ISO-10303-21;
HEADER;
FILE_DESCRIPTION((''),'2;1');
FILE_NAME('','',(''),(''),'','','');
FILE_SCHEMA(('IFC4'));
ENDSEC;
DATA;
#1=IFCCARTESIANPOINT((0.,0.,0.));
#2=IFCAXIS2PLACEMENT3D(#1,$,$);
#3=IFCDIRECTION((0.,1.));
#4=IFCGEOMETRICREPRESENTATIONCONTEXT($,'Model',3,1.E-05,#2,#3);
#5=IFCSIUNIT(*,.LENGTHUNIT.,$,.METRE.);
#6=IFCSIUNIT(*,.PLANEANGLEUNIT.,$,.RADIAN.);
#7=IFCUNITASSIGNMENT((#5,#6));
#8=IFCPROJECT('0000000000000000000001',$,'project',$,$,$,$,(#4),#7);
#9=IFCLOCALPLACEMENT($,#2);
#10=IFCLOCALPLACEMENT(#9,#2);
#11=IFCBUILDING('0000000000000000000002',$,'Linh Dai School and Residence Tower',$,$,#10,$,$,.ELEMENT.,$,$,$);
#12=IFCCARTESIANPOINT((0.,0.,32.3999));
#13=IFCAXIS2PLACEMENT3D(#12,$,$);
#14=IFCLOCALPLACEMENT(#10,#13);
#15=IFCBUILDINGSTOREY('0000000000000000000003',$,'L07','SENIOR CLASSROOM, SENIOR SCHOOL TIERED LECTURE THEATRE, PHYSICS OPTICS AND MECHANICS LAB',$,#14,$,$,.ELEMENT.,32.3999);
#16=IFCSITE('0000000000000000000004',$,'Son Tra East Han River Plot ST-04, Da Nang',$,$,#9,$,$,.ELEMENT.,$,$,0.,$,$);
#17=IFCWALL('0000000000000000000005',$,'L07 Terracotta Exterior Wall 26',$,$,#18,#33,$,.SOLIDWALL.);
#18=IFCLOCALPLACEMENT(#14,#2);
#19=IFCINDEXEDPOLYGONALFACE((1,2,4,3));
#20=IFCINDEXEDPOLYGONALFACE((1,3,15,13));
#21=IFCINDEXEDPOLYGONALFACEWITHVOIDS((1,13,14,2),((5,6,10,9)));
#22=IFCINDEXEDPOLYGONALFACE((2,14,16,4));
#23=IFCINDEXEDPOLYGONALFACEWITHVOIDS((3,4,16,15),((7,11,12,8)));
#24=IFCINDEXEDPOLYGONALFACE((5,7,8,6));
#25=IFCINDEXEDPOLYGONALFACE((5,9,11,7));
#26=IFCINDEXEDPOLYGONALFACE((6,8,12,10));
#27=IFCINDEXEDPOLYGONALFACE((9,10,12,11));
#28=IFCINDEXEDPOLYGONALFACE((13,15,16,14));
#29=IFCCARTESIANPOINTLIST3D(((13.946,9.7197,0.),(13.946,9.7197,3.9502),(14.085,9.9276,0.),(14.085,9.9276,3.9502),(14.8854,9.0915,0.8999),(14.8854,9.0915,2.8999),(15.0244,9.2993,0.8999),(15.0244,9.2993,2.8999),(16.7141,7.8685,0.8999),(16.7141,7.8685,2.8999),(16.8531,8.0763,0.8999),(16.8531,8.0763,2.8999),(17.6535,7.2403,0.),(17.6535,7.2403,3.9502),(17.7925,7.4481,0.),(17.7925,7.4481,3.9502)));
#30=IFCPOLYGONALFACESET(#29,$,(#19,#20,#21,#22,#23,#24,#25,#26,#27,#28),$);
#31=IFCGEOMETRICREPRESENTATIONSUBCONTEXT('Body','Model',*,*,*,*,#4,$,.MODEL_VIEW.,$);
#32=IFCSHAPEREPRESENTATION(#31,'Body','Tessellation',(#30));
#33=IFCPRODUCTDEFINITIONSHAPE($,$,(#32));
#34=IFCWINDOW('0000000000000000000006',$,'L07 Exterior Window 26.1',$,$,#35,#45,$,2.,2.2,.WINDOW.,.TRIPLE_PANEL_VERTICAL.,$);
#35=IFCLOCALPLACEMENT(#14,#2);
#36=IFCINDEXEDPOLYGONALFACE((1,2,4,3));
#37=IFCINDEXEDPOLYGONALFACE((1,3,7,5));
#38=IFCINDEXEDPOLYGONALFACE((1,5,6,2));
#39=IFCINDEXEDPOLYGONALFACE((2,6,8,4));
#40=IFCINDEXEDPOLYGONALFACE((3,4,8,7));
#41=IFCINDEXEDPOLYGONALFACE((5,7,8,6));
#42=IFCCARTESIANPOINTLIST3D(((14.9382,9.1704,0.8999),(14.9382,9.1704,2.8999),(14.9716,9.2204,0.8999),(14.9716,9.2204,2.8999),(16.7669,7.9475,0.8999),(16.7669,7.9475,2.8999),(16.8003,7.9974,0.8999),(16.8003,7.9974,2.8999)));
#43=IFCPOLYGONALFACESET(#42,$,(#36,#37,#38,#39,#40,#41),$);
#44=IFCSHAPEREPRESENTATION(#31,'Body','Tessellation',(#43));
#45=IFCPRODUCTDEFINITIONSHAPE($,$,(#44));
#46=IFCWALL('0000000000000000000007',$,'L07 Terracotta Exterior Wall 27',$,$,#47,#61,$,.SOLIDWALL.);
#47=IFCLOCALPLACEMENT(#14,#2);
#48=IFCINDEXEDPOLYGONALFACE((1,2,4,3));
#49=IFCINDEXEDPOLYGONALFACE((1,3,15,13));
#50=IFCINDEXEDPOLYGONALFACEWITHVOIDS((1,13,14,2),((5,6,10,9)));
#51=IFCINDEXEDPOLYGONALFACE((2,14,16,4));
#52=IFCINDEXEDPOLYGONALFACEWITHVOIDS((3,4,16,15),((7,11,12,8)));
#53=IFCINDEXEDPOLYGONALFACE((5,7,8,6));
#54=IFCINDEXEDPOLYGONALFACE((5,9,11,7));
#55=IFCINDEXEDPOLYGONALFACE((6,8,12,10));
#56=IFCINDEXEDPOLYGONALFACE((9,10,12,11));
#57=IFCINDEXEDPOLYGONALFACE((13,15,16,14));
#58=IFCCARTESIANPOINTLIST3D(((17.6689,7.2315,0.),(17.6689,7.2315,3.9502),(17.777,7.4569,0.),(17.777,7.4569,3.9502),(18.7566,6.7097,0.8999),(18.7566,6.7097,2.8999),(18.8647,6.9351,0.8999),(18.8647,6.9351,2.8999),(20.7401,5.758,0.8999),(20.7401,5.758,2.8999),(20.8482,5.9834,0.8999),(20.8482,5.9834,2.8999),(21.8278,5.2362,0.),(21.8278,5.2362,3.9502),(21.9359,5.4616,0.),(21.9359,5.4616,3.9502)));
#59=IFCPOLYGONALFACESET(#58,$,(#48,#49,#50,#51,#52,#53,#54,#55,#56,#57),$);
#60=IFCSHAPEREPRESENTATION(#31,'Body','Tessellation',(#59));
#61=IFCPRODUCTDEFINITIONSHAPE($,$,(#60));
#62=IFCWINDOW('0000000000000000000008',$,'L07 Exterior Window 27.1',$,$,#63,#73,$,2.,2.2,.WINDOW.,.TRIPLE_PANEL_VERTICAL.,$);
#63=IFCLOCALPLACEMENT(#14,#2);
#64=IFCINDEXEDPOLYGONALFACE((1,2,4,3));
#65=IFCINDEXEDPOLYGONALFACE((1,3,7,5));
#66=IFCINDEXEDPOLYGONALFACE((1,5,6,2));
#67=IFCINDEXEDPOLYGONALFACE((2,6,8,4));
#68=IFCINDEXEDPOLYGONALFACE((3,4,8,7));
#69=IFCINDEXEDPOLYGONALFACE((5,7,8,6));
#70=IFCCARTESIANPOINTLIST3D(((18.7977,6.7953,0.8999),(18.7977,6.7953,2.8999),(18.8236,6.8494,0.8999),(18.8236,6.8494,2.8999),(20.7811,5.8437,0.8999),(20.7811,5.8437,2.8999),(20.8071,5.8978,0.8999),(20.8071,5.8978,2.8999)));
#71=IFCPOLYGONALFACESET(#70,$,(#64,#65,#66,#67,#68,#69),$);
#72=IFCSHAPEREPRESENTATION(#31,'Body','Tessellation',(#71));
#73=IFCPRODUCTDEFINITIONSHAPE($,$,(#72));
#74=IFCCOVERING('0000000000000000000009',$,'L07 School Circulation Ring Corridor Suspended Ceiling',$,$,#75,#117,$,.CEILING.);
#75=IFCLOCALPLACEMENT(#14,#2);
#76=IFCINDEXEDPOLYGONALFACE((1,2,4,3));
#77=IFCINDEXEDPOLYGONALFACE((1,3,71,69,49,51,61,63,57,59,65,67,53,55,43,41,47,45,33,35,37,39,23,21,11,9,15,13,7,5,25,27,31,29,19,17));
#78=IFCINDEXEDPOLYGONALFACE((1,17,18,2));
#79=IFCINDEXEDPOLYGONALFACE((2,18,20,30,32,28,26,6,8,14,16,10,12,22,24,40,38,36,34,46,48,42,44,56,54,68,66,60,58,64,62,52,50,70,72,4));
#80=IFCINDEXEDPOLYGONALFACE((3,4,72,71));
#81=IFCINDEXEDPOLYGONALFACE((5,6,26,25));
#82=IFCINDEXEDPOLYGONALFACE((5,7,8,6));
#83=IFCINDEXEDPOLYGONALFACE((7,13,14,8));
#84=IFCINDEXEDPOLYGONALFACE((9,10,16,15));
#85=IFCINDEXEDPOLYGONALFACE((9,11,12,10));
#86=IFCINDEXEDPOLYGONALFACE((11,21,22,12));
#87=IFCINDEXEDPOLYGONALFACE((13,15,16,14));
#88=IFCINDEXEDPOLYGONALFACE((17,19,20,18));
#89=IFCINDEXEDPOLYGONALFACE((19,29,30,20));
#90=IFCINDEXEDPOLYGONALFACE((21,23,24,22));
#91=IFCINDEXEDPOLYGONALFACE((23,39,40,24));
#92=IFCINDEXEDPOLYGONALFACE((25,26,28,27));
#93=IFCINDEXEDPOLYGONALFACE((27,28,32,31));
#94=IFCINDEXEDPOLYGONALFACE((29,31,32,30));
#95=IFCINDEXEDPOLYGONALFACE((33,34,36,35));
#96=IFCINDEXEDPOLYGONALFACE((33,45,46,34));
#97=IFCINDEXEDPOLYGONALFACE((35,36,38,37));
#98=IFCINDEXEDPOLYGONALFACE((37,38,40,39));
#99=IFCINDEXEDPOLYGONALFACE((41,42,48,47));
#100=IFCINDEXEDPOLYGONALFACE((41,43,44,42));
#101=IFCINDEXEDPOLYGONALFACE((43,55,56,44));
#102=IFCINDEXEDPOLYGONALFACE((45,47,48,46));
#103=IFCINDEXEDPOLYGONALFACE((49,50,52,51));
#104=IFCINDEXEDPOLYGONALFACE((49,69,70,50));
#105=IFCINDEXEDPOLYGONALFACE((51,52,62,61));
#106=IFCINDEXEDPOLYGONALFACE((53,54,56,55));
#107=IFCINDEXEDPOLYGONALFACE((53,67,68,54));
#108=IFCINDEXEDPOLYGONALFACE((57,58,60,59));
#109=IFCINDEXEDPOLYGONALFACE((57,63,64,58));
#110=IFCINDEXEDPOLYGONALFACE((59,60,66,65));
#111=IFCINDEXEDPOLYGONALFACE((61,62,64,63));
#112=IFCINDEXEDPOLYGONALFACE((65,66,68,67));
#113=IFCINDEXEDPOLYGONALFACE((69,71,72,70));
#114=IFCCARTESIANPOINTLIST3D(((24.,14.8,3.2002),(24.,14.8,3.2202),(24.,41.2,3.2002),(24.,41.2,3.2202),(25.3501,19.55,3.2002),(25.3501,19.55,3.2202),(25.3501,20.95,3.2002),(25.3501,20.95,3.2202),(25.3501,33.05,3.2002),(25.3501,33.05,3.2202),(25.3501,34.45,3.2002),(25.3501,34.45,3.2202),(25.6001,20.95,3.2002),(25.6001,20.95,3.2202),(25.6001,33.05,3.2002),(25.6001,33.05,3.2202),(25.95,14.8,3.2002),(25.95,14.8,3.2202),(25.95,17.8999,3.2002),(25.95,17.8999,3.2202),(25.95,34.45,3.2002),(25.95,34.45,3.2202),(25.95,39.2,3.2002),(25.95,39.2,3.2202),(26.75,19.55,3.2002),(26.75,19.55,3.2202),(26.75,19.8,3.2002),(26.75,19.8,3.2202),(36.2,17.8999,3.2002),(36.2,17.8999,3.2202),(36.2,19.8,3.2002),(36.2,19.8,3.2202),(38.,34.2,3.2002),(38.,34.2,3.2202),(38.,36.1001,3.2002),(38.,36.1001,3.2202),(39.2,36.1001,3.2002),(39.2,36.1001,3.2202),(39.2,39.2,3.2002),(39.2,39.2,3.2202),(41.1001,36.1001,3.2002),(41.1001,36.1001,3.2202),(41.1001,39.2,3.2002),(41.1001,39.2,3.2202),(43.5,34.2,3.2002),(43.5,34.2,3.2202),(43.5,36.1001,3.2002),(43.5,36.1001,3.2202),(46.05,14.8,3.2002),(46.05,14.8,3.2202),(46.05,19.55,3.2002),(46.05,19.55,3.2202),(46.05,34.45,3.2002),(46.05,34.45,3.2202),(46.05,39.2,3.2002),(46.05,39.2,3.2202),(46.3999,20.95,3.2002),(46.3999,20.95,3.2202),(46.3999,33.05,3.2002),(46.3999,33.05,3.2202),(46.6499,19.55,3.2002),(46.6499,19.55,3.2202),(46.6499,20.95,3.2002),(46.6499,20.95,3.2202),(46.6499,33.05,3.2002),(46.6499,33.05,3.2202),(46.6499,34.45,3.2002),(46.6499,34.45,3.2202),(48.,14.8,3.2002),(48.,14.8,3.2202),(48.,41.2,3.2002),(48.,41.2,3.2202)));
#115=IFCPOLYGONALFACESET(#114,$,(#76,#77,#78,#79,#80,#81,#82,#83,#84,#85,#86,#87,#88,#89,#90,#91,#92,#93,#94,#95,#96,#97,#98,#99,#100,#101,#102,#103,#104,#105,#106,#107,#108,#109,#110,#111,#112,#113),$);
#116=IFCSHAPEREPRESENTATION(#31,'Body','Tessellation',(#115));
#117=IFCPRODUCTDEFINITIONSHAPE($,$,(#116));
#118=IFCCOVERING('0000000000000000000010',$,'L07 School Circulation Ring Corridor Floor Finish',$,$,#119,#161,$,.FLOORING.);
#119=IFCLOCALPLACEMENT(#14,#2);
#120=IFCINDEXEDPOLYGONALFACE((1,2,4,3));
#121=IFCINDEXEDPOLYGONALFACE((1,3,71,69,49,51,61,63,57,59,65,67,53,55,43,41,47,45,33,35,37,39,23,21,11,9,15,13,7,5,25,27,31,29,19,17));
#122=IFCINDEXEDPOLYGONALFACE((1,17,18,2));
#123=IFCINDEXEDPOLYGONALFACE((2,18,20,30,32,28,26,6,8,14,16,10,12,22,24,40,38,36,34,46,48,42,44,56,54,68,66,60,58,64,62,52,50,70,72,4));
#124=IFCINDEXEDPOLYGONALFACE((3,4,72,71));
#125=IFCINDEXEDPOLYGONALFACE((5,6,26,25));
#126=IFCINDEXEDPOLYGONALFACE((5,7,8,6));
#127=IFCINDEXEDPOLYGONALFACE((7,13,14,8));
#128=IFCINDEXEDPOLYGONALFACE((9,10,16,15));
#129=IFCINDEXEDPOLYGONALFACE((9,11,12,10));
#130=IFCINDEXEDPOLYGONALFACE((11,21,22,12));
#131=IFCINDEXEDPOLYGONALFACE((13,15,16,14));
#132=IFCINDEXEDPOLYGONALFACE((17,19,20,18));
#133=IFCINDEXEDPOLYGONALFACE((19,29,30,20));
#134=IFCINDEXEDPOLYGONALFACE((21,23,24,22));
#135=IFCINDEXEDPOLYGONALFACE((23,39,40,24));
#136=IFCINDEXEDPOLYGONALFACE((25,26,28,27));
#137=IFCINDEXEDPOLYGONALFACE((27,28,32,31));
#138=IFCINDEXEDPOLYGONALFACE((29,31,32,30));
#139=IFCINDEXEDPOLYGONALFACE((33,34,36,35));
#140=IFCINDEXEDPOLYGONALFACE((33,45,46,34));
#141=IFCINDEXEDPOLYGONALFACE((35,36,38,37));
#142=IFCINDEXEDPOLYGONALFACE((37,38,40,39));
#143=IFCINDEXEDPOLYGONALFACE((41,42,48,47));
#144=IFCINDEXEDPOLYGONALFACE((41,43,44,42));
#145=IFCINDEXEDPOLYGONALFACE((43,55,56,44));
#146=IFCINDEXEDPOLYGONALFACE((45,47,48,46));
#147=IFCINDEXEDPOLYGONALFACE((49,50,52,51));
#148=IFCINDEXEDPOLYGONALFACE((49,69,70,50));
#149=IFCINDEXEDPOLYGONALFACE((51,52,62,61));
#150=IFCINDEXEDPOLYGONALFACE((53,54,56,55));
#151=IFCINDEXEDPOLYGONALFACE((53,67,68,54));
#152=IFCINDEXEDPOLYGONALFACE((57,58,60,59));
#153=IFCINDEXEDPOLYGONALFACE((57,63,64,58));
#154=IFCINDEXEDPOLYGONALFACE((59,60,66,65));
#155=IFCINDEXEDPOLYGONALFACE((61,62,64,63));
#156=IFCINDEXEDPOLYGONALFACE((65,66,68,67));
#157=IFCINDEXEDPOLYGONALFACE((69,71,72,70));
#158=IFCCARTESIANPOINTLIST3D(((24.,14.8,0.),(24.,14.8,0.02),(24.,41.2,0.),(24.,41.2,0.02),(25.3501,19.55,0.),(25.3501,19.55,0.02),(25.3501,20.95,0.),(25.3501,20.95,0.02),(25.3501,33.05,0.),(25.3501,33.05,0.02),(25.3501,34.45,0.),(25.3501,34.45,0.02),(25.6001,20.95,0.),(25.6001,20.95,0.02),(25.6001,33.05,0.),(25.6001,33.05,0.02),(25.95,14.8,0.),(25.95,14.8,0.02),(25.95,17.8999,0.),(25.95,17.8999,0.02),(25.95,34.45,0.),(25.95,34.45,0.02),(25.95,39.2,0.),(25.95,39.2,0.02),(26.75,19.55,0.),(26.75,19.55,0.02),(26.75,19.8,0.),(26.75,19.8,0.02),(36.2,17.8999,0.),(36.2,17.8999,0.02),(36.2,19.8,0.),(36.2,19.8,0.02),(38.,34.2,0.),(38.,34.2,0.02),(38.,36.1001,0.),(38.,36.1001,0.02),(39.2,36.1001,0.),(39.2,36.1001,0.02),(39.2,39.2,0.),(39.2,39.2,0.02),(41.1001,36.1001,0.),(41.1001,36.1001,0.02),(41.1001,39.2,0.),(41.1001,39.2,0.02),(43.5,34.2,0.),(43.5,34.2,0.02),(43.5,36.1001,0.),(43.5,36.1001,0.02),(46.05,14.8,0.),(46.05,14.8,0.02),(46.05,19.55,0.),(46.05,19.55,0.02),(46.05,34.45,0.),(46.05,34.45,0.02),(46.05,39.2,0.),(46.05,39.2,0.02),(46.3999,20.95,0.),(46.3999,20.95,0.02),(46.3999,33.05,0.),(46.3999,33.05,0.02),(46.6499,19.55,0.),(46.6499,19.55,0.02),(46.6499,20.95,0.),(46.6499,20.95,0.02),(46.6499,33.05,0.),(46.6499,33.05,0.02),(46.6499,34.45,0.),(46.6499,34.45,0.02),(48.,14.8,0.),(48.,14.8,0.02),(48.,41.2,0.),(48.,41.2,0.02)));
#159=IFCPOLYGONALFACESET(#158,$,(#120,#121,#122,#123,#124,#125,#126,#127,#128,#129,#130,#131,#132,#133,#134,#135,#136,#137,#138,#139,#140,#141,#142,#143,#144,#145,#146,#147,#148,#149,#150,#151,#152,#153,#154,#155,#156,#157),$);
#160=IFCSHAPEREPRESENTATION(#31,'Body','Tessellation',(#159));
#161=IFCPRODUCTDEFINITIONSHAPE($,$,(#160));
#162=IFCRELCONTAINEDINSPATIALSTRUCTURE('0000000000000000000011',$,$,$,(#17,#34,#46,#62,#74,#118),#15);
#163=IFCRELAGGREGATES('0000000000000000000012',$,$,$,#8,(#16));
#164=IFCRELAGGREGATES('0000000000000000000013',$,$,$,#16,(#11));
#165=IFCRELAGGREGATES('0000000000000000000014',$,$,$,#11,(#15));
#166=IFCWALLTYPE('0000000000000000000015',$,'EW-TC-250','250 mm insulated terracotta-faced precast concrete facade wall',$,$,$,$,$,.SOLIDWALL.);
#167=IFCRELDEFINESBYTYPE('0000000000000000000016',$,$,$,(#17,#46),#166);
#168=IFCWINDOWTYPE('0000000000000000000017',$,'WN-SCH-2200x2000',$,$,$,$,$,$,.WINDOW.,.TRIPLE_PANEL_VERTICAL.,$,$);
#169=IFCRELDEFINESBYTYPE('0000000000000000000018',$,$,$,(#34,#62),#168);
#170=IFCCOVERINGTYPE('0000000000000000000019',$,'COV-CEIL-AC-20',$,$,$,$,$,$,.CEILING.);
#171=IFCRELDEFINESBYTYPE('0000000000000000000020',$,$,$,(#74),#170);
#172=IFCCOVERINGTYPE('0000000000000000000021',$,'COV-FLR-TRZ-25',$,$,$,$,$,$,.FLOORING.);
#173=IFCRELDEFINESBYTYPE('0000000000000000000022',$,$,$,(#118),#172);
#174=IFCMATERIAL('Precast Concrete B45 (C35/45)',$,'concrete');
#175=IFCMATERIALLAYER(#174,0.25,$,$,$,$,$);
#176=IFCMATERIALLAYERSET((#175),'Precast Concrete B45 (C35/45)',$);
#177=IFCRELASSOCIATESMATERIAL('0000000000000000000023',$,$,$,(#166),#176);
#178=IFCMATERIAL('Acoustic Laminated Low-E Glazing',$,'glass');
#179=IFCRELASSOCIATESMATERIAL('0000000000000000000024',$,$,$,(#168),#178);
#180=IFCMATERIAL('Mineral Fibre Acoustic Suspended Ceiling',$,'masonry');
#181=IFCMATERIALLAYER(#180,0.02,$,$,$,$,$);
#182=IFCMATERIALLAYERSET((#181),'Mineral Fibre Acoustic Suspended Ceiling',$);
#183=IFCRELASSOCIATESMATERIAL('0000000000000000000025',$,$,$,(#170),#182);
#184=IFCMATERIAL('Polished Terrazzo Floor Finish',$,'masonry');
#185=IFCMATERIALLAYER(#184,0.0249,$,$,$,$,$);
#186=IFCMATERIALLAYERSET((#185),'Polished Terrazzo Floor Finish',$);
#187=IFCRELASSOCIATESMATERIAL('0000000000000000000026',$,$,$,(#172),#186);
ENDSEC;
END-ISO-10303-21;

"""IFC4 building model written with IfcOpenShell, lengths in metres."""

from ifc_helpers import new_model, si_unit, direction, frame, frame_2d, origin, origin_2d, place, context, subcontext, project, spatial, polyline, rectangle, outline, extrude, source, transform, mapped, material, layer, layer_set, type_object, element, fill, save


model = new_model("IFC4")

# Units and contexts
model_context = context("Model", 3, precision=1e-05, world=origin(), true_north=direction((0.0, 1.0)))
body_context = subcontext(model_context, "Body", "Model", "MODEL_VIEW")
ifc_project = project(units=[si_unit("LENGTHUNIT", "METRE"), si_unit("PLANEANGLEUNIT", "RADIAN")], contexts=[model_context])

# Site, building, storey
site_placement = place(None, origin())
site = spatial("IfcSite", under=ifc_project, at=site_placement, Name="Son Tra East Han River Plot ST-04, Da Nang", CompositionType="ELEMENT", RefElevation=0.0)
building_placement = place(site_placement, origin())
building = spatial("IfcBuilding", under=site, at=building_placement, Name="Linh Dai School and Residence Tower", CompositionType="ELEMENT")
storey_placement = place(building_placement, frame((0.0, 0.0, 32.3999)))
storey = spatial("IfcBuildingStorey", under=building, at=storey_placement, Name="L07", Description="SENIOR CLASSROOM, SENIOR SCHOOL TIERED LECTURE THEATRE, PHYSICS OPTICS AND MECHANICS LAB", CompositionType="ELEMENT", Elevation=32.3999)

# Shared definitions
ifc_material_1 = material(Name="Precast Concrete B45 (C35/45)", Category="concrete")

# Walls, openings, windows
ifc_layer_1 = layer(ifc_material_1, 0.25)
ifc_layer_set_1 = layer_set([ifc_layer_1], Name="Precast Concrete B45 (C35/45)")
wall_type = type_object("IfcWallType", Name="EW-TC-250", Description="250 mm insulated terracotta-faced precast concrete facade wall", PredefinedType="SOLIDWALL", material=ifc_layer_set_1)
wall_1_placement = place(storey_placement, frame((17.7229, 7.3442, 0.0), z_axis=(0.0, 0.0, 1.0), x_axis=(-0.831241, 0.555912, 0.0)))
wall_1 = element("IfcWall", 1, at=wall_1_placement, inside=storey, type_object=wall_type, Name="L07 Terracotta Exterior Wall 26", PredefinedType="SOLIDWALL", context=body_context, shape_type="SweptSolid", body=[
    extrude(rectangle(XDim=4.4602, YDim=0.25, at=frame_2d((2.23, 0.0))), origin(), (0.0, 0.0, 1.0), 3.9502),
])
opening_1_placement = place(wall_1_placement, frame((1.1299, 0.0, 0.8999)))
opening_1 = element("IfcOpeningElement", 2, at=opening_1_placement, cuts=wall_1, PredefinedType="OPENING", context=body_context, shape_type="SweptSolid", body=[
    extrude(rectangle(XDim=2.2, YDim=2.0, at=origin_2d()), frame((1.1001, 0.135, 1.0), z_axis=(0.0, -1.0, 0.0), x_axis=(1.0, 0.0, 0.0)), (0.0, 0.0, 1.0), 0.27),
])
ifc_material_2 = material(Name="Acoustic Laminated Low-E Glazing", Category="glass")
window_type = type_object("IfcWindowType", Name="WN-SCH-2200x2000", PartitioningType="TRIPLE_PANEL_VERTICAL", PredefinedType="WINDOW", material=ifc_material_2)
shared_shape_1 = source(origin(), body_context, "Body", "SweptSolid", [
    extrude(rectangle(XDim=2.2, YDim=2.0, at=origin_2d()), frame((1.1001, 0.03, 1.0), z_axis=(0.0, -1.0, 0.0), x_axis=(1.0, 0.0, 0.0)), (0.0, 0.0, 1.0), 0.0601),
])
window_1_placement = place(opening_1_placement, origin())
window_1 = element("IfcWindow", 3, at=window_1_placement, inside=storey, type_object=window_type, Name="L07 Exterior Window 26.1", OverallHeight=2.0, OverallWidth=2.2, PartitioningType="TRIPLE_PANEL_VERTICAL", PredefinedType="WINDOW", context=body_context, shape_type="MappedRepresentation", body=[
    mapped(shared_shape_1, transform((0.0, 0.0, 0.0), x_axis=(1.0, 0.0, 0.0), y_axis=(0.0, 1.0, 0.0), z_axis=(0.0, 0.0, 1.0), scale=1.0)),
])
fill(opening_1, window_1)
wall_2_placement = place(storey_placement, frame((21.8818, 5.3489, 0.0), z_axis=(0.0, 0.0, 1.0), x_axis=(-0.901602, 0.432568, 0.0)))
wall_2 = element("IfcWall", 4, at=wall_2_placement, inside=storey, type_object=wall_type, Name="L07 Terracotta Exterior Wall 27", PredefinedType="SOLIDWALL", context=body_context, shape_type="SweptSolid", body=[
    extrude(rectangle(XDim=4.6128, YDim=0.25, at=frame_2d((2.3064, 0.0))), origin(), (0.0, 0.0, 1.0), 3.9502),
])
opening_2_placement = place(wall_2_placement, frame((1.2063, 0.0, 0.8999)))
opening_2 = element("IfcOpeningElement", 5, at=opening_2_placement, cuts=wall_2, PredefinedType="OPENING", context=body_context, shape_type="SweptSolid", body=[
    extrude(rectangle(XDim=2.2, YDim=2.0, at=origin_2d()), frame((1.1001, 0.135, 1.0), z_axis=(0.0, -1.0, 0.0), x_axis=(1.0, 0.0, 0.0)), (0.0, 0.0, 1.0), 0.27),
])
window_2_placement = place(opening_2_placement, origin())
window_2 = element("IfcWindow", 6, at=window_2_placement, inside=storey, type_object=window_type, Name="L07 Exterior Window 27.1", OverallHeight=2.0, OverallWidth=2.2, PartitioningType="TRIPLE_PANEL_VERTICAL", PredefinedType="WINDOW", context=body_context, shape_type="MappedRepresentation", body=[
    mapped(shared_shape_1, transform((0.0, 0.0, 0.0), x_axis=(1.0, 0.0, 0.0), y_axis=(0.0, 1.0, 0.0), z_axis=(0.0, 0.0, 1.0), scale=1.0)),
])
fill(opening_2, window_2)

# Coverings
ifc_material_3 = material(Name="Mineral Fibre Acoustic Suspended Ceiling", Category="masonry")
ifc_layer_2 = layer(ifc_material_3, 0.02)
ifc_layer_set_2 = layer_set([ifc_layer_2], Name="Mineral Fibre Acoustic Suspended Ceiling")
covering_type_1 = type_object("IfcCoveringType", Name="COV-CEIL-AC-20", PredefinedType="CEILING", material=ifc_layer_set_2)
covering_1_placement = place(storey_placement, frame((0.0, 0.0, 3.2002)))
element("IfcCovering", 7, at=covering_1_placement, inside=storey, type_object=covering_type_1, Name="L07 School Circulation Ring Corridor Suspended Ceiling", PredefinedType="CEILING", context=body_context, shape_type="SweptSolid", body=[
    extrude(outline(polyline([(24.0, 41.2), (48.0, 41.2), (48.0, 14.8), (46.05, 14.8), (46.05, 19.55), (46.6499, 19.55), (46.6499, 20.95), (46.3999, 20.95), (46.3999, 33.05), (46.6499, 33.05), (46.6499, 34.45), (46.05, 34.45), (46.05, 39.2), (41.1001, 39.2), (41.1001, 36.1001), (43.5, 36.1001), (43.5, 34.2), (38.0, 34.2), (38.0, 36.1001), (39.2, 36.1001), (39.2, 39.2), (25.95, 39.2), (25.95, 34.45), (25.3501, 34.45), (25.3501, 33.05), (25.6001, 33.05), (25.6001, 20.95), (25.3501, 20.95), (25.3501, 19.55), (26.75, 19.55), (26.75, 19.8), (36.2, 19.8), (36.2, 17.8999), (25.95, 17.8999), (25.95, 14.8), (24.0, 14.8), (24.0, 41.2)])), origin(), (0.0, 0.0, 1.0), 0.02),
])
ifc_material_4 = material(Name="Polished Terrazzo Floor Finish", Category="masonry")
ifc_layer_3 = layer(ifc_material_4, 0.0249)
ifc_layer_set_3 = layer_set([ifc_layer_3], Name="Polished Terrazzo Floor Finish")
covering_type_2 = type_object("IfcCoveringType", Name="COV-FLR-TRZ-25", PredefinedType="FLOORING", material=ifc_layer_set_3)
covering_2_placement = place(storey_placement, origin())
element("IfcCovering", 8, at=covering_2_placement, inside=storey, type_object=covering_type_2, Name="L07 School Circulation Ring Corridor Floor Finish", PredefinedType="FLOORING", context=body_context, shape_type="SweptSolid", body=[
    extrude(outline(polyline([(24.0, 41.2), (48.0, 41.2), (48.0, 14.8), (46.05, 14.8), (46.05, 19.55), (46.6499, 19.55), (46.6499, 20.95), (46.3999, 20.95), (46.3999, 33.05), (46.6499, 33.05), (46.6499, 34.45), (46.05, 34.45), (46.05, 39.2), (41.1001, 39.2), (41.1001, 36.1001), (43.5, 36.1001), (43.5, 34.2), (38.0, 34.2), (38.0, 36.1001), (39.2, 36.1001), (39.2, 39.2), (25.95, 39.2), (25.95, 34.45), (25.3501, 34.45), (25.3501, 33.05), (25.6001, 33.05), (25.6001, 20.95), (25.3501, 20.95), (25.3501, 19.55), (26.75, 19.55), (26.75, 19.8), (36.2, 19.8), (36.2, 17.8999), (25.95, 17.8999), (25.95, 14.8), (24.0, 14.8), (24.0, 41.2)])), origin(), (0.0, 0.0, 1.0), 0.02),
])

save(model, "model.ifc")
